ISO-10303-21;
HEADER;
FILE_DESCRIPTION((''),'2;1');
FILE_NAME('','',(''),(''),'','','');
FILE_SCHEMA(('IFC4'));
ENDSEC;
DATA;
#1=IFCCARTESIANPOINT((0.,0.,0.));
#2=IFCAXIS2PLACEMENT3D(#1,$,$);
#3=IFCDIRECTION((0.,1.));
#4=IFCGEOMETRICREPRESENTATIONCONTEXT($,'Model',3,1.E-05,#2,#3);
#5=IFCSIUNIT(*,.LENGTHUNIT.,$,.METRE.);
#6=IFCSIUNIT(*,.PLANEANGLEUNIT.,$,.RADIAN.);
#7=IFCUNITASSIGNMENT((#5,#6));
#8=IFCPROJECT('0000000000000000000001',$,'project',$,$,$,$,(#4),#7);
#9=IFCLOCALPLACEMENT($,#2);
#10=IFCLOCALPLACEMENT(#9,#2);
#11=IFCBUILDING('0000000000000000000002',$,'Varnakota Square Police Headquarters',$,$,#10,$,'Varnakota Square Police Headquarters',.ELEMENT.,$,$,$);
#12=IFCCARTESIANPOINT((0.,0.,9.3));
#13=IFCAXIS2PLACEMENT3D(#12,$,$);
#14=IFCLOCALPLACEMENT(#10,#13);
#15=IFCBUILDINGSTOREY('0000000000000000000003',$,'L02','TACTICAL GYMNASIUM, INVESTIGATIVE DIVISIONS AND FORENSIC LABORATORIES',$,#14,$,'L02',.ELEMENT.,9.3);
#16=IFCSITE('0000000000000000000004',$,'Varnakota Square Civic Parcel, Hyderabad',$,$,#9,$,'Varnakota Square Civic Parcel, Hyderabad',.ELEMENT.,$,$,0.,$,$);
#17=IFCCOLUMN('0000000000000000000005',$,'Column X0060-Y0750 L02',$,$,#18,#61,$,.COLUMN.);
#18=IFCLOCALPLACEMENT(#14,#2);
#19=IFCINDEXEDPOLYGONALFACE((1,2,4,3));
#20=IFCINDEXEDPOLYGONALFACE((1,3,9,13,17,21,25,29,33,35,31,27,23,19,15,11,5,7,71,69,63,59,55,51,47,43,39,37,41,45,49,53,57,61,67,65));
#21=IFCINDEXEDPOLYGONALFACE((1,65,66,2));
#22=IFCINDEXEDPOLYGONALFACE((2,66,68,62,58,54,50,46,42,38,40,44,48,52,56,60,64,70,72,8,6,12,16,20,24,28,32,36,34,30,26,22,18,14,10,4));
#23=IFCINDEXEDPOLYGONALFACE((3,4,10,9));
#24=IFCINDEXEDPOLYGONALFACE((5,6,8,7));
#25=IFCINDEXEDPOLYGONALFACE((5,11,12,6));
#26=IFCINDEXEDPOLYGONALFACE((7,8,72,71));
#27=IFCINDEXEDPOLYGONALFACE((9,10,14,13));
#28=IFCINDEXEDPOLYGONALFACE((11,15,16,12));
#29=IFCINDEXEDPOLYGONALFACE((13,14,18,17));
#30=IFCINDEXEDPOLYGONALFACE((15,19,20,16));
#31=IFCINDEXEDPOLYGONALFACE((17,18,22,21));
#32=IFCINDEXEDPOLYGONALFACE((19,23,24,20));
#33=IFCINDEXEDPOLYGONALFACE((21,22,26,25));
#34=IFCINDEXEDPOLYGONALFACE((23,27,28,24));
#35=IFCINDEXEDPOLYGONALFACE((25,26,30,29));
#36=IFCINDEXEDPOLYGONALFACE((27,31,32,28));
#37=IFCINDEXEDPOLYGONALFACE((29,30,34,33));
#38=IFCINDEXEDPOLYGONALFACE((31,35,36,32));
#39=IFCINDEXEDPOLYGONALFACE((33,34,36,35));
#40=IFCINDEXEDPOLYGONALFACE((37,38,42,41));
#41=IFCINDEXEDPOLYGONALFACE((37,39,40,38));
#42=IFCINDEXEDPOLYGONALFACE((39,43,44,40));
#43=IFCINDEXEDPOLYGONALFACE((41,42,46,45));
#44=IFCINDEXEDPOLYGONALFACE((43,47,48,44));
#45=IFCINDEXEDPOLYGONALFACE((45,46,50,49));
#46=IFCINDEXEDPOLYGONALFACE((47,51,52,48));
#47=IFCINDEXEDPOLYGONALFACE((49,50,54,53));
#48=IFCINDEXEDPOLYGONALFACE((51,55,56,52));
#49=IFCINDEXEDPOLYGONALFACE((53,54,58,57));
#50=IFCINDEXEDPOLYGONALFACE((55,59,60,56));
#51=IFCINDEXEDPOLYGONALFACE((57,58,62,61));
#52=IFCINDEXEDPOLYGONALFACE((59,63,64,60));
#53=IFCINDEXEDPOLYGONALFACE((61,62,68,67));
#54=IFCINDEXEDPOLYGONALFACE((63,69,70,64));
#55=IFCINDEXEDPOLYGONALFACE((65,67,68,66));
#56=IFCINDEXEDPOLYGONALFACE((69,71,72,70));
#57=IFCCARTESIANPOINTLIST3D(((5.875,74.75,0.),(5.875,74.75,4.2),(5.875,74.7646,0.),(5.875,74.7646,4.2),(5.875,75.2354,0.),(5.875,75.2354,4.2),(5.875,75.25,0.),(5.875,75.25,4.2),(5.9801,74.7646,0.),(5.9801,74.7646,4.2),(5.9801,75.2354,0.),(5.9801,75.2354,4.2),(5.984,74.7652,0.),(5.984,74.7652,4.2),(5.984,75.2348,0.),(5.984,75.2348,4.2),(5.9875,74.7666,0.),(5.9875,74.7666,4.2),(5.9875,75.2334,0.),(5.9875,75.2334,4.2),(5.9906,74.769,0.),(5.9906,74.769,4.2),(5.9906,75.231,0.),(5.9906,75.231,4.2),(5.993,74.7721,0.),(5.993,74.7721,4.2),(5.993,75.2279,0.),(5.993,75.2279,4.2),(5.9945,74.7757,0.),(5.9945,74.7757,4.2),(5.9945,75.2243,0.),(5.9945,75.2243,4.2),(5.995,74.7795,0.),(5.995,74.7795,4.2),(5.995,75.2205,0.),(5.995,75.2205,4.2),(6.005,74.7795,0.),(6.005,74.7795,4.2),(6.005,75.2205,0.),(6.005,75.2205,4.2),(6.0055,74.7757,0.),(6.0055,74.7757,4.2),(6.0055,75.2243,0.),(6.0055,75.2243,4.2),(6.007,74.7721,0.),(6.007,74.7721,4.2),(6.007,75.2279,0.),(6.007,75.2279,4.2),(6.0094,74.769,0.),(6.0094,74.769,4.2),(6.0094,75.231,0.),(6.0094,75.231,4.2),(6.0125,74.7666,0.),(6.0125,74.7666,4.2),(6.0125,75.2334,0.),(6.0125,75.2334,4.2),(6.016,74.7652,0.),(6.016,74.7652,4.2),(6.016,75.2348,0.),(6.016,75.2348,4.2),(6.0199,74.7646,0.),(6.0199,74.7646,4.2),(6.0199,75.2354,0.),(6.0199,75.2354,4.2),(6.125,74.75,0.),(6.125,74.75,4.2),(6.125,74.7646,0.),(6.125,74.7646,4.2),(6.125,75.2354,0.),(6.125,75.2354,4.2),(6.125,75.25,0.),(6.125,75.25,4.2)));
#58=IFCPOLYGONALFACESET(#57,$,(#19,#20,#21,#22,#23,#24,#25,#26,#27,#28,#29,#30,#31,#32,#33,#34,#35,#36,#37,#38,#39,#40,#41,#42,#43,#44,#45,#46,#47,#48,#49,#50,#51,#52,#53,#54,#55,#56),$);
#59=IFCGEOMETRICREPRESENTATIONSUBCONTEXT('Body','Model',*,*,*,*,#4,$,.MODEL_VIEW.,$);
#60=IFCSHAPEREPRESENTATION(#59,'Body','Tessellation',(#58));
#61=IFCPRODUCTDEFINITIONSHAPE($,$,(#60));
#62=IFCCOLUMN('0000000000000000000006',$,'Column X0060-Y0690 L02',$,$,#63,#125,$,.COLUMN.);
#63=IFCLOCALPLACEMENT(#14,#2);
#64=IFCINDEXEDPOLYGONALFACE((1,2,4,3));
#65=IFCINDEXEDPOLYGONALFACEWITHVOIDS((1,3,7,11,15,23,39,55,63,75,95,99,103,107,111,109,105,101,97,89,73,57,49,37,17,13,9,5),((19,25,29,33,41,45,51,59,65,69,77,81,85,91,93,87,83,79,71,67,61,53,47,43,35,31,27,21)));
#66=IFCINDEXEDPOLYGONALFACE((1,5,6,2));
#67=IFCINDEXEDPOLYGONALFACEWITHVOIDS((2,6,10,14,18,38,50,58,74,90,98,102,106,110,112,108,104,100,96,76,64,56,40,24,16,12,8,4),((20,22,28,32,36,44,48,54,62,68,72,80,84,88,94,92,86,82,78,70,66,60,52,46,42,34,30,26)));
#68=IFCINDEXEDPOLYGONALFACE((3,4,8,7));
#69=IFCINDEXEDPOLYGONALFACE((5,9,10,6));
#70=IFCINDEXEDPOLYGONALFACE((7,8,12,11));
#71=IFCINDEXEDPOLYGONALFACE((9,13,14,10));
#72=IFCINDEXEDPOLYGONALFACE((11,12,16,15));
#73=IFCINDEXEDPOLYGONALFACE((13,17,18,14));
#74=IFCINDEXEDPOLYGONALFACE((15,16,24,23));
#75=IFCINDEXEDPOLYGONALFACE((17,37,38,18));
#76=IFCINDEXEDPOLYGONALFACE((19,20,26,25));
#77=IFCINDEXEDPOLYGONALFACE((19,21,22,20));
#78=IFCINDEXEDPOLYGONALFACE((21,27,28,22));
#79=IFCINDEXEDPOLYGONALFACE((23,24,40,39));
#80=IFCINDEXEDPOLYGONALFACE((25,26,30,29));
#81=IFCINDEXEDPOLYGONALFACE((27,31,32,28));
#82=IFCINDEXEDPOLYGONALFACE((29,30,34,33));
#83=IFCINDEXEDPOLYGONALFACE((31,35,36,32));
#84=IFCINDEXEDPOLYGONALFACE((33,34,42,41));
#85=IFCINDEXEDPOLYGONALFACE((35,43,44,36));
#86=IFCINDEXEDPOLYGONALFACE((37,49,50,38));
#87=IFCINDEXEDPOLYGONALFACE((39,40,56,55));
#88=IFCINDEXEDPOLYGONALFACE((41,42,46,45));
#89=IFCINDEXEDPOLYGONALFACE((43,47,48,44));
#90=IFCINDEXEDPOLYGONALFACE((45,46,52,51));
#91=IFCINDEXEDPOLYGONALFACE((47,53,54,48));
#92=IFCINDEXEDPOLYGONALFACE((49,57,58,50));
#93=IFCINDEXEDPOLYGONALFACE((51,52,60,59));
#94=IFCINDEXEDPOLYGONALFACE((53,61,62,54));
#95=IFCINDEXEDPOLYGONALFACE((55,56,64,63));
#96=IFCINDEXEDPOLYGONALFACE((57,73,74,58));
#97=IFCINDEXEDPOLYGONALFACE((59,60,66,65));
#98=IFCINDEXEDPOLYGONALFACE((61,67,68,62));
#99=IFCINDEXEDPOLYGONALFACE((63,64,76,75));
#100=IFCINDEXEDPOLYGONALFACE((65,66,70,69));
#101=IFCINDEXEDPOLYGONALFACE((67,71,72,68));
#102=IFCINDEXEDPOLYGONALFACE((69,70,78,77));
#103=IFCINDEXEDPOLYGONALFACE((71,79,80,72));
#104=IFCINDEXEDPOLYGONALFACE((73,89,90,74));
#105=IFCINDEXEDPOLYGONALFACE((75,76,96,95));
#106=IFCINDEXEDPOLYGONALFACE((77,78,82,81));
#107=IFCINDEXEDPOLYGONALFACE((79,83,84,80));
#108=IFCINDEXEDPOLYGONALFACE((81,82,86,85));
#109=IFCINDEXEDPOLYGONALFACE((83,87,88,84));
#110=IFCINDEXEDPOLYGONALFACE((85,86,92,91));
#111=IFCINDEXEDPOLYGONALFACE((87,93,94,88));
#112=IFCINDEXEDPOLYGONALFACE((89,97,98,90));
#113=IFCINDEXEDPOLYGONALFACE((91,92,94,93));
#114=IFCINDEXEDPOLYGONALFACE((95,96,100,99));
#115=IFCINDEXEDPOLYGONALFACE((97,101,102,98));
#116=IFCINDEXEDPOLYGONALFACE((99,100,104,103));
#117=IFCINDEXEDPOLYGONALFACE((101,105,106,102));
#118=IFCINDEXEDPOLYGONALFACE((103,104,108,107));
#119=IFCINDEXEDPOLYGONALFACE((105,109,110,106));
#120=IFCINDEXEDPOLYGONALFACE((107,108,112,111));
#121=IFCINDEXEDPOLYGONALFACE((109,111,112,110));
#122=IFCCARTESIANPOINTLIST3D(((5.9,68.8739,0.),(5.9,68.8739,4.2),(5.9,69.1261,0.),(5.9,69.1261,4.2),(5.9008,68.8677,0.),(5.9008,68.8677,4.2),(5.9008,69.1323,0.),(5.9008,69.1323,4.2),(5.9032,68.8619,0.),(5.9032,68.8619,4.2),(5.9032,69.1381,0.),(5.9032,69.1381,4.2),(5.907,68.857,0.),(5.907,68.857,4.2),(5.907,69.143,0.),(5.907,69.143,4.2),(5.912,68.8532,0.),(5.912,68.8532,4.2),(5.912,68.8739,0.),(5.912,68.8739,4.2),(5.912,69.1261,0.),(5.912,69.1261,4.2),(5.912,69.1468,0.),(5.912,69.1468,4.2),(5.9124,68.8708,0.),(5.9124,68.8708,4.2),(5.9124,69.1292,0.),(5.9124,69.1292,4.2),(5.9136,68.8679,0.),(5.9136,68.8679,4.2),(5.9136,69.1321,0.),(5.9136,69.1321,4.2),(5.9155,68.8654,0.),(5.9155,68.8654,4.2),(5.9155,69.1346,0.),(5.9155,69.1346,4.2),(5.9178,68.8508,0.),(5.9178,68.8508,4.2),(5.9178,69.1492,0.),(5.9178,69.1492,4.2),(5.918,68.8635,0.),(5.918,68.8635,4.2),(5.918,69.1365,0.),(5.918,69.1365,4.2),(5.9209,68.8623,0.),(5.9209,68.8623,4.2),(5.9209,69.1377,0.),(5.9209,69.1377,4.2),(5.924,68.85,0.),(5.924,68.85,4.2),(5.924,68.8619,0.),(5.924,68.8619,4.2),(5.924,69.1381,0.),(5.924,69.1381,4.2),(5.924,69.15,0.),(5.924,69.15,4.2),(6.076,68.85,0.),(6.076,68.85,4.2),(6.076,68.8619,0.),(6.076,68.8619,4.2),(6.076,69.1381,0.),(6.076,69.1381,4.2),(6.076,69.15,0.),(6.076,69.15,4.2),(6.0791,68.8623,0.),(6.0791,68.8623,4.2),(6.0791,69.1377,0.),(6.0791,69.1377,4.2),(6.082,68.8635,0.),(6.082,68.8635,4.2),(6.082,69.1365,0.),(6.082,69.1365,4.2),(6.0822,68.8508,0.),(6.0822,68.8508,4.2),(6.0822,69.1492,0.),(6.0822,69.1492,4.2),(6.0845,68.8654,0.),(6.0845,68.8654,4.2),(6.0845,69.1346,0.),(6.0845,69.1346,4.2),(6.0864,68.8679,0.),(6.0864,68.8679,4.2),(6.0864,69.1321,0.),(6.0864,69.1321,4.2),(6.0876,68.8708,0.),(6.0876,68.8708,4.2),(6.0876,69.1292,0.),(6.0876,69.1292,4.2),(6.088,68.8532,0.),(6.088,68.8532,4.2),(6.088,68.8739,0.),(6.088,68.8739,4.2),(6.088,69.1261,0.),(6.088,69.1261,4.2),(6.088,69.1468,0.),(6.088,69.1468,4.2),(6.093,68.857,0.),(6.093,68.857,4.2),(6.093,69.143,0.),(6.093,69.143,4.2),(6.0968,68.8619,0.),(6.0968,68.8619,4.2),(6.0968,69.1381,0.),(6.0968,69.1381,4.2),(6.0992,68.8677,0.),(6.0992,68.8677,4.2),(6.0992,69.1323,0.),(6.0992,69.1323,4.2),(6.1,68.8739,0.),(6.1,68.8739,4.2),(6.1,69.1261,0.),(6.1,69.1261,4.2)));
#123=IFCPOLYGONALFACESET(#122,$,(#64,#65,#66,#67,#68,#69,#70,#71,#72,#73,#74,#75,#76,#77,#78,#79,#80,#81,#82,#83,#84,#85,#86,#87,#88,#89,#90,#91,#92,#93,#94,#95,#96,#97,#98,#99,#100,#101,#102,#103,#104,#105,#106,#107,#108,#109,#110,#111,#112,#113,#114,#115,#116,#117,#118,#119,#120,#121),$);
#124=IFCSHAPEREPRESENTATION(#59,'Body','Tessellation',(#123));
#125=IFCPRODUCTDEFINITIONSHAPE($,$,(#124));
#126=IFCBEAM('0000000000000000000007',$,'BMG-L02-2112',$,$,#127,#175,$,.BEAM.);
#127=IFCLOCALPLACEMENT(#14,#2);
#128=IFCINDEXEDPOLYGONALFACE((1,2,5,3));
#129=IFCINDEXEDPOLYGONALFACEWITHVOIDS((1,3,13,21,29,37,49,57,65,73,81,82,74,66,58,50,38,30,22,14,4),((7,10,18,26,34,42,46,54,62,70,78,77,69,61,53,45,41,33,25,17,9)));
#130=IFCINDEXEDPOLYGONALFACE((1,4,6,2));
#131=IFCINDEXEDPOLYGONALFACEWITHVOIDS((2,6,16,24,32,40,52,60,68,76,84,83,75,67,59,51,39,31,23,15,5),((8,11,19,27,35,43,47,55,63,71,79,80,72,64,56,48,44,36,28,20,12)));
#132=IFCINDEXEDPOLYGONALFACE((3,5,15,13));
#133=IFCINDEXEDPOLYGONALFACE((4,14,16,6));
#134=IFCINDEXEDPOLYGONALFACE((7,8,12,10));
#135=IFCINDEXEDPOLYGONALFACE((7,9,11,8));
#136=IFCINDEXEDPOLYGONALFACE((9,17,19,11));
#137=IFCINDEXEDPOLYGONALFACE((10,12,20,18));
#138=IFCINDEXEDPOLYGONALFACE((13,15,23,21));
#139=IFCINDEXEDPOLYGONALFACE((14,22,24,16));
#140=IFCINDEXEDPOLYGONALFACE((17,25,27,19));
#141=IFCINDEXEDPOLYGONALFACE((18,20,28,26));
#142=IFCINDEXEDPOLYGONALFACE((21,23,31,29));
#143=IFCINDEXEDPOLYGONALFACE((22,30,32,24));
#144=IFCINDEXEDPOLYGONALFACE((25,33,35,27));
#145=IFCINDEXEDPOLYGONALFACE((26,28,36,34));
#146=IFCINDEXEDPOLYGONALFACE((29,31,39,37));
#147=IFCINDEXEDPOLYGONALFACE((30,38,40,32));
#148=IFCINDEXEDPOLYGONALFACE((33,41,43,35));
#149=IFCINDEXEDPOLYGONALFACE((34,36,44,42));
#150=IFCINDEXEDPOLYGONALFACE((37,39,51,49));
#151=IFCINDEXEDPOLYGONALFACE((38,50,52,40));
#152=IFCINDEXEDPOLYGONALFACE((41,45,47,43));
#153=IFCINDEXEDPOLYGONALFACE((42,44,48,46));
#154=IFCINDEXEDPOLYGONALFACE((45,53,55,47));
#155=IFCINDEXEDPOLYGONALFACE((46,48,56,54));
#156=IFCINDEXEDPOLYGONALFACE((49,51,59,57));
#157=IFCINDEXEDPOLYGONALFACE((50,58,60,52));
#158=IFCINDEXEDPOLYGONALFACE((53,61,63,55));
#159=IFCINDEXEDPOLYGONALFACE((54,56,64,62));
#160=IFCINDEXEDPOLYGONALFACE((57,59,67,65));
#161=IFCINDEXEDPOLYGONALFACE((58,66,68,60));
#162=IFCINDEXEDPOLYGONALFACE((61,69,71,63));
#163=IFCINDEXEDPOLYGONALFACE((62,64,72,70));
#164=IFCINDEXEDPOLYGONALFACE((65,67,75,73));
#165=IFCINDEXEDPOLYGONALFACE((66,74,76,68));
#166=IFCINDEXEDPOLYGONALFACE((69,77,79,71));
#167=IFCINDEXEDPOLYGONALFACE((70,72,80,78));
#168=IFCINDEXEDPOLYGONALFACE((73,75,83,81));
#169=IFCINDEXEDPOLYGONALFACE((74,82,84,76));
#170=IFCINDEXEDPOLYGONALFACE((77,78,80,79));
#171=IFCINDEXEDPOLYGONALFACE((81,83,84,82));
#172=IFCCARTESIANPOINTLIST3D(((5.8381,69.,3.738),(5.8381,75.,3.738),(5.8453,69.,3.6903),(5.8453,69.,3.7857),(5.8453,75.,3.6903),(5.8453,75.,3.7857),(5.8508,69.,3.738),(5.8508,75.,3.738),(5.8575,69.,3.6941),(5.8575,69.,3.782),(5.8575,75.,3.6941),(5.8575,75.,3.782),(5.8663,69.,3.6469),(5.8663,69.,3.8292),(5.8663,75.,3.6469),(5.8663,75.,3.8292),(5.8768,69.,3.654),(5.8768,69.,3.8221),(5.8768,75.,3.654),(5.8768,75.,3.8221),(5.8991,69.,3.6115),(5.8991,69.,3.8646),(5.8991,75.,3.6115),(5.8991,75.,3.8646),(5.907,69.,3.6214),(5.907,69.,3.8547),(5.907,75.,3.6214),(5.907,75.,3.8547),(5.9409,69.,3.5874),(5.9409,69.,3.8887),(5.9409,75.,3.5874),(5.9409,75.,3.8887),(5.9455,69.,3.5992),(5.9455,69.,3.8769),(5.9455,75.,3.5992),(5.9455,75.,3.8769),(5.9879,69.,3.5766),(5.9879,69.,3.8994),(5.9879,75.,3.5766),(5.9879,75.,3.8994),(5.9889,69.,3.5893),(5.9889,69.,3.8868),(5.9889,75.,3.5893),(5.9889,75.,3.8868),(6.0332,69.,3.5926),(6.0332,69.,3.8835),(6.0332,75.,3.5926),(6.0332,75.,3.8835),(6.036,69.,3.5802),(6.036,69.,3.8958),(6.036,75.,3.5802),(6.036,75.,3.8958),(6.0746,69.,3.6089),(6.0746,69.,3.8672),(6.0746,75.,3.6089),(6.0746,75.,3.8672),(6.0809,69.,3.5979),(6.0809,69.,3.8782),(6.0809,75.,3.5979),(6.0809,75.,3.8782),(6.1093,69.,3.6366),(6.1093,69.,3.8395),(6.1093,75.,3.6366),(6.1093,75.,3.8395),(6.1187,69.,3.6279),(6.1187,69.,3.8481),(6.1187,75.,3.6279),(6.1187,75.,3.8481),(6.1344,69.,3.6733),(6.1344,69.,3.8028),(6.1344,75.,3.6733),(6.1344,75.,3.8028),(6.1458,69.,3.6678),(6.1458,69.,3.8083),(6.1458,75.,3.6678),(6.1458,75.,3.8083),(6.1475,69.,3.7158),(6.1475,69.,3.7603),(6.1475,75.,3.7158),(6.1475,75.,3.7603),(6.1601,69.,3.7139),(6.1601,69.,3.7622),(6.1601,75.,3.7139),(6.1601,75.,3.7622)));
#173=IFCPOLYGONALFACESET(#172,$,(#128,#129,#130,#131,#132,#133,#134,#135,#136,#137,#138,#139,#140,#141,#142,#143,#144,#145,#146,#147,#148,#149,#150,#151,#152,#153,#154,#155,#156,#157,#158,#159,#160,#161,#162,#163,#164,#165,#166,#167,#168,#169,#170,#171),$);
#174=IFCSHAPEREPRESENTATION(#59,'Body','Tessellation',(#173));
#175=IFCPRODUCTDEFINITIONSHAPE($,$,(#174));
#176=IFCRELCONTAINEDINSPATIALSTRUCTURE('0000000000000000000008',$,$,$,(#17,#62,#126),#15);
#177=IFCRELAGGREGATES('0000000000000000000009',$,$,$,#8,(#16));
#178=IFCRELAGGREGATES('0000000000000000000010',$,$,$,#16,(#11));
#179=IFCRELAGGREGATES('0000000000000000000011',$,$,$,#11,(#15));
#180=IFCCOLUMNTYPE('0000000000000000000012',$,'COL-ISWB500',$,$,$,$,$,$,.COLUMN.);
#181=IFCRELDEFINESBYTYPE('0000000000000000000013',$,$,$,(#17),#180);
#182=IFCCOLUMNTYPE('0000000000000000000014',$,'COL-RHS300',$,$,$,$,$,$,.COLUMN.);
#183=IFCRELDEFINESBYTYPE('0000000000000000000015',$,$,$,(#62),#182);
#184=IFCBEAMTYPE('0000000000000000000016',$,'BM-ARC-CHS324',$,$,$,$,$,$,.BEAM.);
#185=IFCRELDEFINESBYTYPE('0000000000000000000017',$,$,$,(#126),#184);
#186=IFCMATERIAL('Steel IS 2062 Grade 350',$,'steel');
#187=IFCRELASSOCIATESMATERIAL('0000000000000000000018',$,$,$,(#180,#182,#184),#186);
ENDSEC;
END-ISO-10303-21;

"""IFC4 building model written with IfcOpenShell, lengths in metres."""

from ifc_helpers import new_model, si_unit, direction, frame, origin, origin_2d, place, context, subcontext, project, spatial, hollow_rectangle, hollow_circle, i_section, extrude, material, material_profile, profile_set, type_object, element, save


model = new_model("IFC4")

# Units and contexts
model_context = context("Model", 3, precision=1e-05, world=origin(), true_north=direction((0.0, 1.0)))
body_context = subcontext(model_context, "Body", "Model", "MODEL_VIEW")
ifc_project = project(units=[si_unit("LENGTHUNIT", "METRE"), si_unit("PLANEANGLEUNIT", "RADIAN")], contexts=[model_context])

# Site, building, storey
site_placement = place(None, origin())
site = spatial("IfcSite", under=ifc_project, at=site_placement, Name="Varnakota Square Civic Parcel, Hyderabad", LongName="Varnakota Square Civic Parcel, Hyderabad", CompositionType="ELEMENT", RefElevation=0.0)
building_placement = place(site_placement, origin())
building = spatial("IfcBuilding", under=site, at=building_placement, Name="Varnakota Square Police Headquarters", LongName="Varnakota Square Police Headquarters", CompositionType="ELEMENT")
storey_placement = place(building_placement, frame((0.0, 0.0, 9.3)))
storey = spatial("IfcBuildingStorey", under=building, at=storey_placement, Name="L02", Description="TACTICAL GYMNASIUM, INVESTIGATIVE DIVISIONS AND FORENSIC LABORATORIES", LongName="L02", CompositionType="ELEMENT", Elevation=9.3)

# Columns
ifc_material_1 = material(Name="Steel IS 2062 Grade 350", Category="steel")
ifc_material_profile_1 = material_profile(ifc_material_1, i_section(OverallWidth=0.25, OverallDepth=0.5, WebThickness=0.01, FlangeThickness=0.0146, FilletRadius=0.0149, at=origin_2d()), Name="ISWB 500")
ifc_profile_set_1 = profile_set([ifc_material_profile_1], Name="Steel IS 2062 Grade 350")
column_type_1 = type_object("IfcColumnType", Name="COL-ISWB500", PredefinedType="COLUMN", material=ifc_profile_set_1)
column_1_placement = place(storey_placement, frame((6.0, 75.0, 0.0), z_axis=(0.0, 0.0, 1.0), x_axis=(1.0, 0.0, 0.0)))
element("IfcColumn", 1, at=column_1_placement, inside=storey, type_object=column_type_1, Name="Column X0060-Y0750 L02", PredefinedType="COLUMN", context=body_context, shape_type="SweptSolid", body=[
    extrude(i_section(OverallWidth=0.25, OverallDepth=0.5, WebThickness=0.01, FlangeThickness=0.0146, FilletRadius=0.0149, at=origin_2d()), origin(), (0.0, 0.0, 1.0), 4.2),
])
ifc_material_profile_2 = material_profile(ifc_material_1, hollow_rectangle(XDim=0.2, YDim=0.3, WallThickness=0.012, InnerFilletRadius=0.012, OuterFilletRadius=0.0239, at=origin_2d()), Name="RHS 300x200x12")
ifc_profile_set_2 = profile_set([ifc_material_profile_2], Name="Steel IS 2062 Grade 350")
column_type_2 = type_object("IfcColumnType", Name="COL-RHS300", PredefinedType="COLUMN", material=ifc_profile_set_2)
column_2_placement = place(storey_placement, frame((6.0, 69.0, 0.0), z_axis=(0.0, 0.0, 1.0), x_axis=(1.0, 0.0, 0.0)))
element("IfcColumn", 2, at=column_2_placement, inside=storey, type_object=column_type_2, Name="Column X0060-Y0690 L02", PredefinedType="COLUMN", context=body_context, shape_type="SweptSolid", body=[
    extrude(hollow_rectangle(XDim=0.2, YDim=0.3, WallThickness=0.012, InnerFilletRadius=0.012, OuterFilletRadius=0.0239, at=origin_2d()), origin(), (0.0, 0.0, 1.0), 4.2),
])

# Beam
ifc_material_profile_3 = material_profile(ifc_material_1, hollow_circle(Radius=0.1619, WallThickness=0.0127, at=origin_2d()), Name="CHS 323.9x12.7")
ifc_profile_set_3 = profile_set([ifc_material_profile_3], Name="Steel IS 2062 Grade 350")
beam_type_1 = type_object("IfcBeamType", Name="BM-ARC-CHS324", PredefinedType="BEAM", material=ifc_profile_set_3)
for number, where, z_axis, x_axis, name in (
    (3, (6.0, 69.0, 3.738), (0.0, 1.0, 0.0), (-1.0, 0.0, 0.0), "BMG-L02-2112"),
):
    element("IfcBeam", number, at=place(storey_placement, frame(where, z_axis=z_axis, x_axis=x_axis)), inside=storey, type_object=beam_type_1, Name=name, PredefinedType="BEAM", context=body_context, shape_type="SweptSolid", body=[
        extrude(hollow_circle(Radius=0.1619, WallThickness=0.0127, at=origin_2d()), origin(), (0.0, 0.0, 1.0), 6.0),
    ])

save(model, "model.ifc")
